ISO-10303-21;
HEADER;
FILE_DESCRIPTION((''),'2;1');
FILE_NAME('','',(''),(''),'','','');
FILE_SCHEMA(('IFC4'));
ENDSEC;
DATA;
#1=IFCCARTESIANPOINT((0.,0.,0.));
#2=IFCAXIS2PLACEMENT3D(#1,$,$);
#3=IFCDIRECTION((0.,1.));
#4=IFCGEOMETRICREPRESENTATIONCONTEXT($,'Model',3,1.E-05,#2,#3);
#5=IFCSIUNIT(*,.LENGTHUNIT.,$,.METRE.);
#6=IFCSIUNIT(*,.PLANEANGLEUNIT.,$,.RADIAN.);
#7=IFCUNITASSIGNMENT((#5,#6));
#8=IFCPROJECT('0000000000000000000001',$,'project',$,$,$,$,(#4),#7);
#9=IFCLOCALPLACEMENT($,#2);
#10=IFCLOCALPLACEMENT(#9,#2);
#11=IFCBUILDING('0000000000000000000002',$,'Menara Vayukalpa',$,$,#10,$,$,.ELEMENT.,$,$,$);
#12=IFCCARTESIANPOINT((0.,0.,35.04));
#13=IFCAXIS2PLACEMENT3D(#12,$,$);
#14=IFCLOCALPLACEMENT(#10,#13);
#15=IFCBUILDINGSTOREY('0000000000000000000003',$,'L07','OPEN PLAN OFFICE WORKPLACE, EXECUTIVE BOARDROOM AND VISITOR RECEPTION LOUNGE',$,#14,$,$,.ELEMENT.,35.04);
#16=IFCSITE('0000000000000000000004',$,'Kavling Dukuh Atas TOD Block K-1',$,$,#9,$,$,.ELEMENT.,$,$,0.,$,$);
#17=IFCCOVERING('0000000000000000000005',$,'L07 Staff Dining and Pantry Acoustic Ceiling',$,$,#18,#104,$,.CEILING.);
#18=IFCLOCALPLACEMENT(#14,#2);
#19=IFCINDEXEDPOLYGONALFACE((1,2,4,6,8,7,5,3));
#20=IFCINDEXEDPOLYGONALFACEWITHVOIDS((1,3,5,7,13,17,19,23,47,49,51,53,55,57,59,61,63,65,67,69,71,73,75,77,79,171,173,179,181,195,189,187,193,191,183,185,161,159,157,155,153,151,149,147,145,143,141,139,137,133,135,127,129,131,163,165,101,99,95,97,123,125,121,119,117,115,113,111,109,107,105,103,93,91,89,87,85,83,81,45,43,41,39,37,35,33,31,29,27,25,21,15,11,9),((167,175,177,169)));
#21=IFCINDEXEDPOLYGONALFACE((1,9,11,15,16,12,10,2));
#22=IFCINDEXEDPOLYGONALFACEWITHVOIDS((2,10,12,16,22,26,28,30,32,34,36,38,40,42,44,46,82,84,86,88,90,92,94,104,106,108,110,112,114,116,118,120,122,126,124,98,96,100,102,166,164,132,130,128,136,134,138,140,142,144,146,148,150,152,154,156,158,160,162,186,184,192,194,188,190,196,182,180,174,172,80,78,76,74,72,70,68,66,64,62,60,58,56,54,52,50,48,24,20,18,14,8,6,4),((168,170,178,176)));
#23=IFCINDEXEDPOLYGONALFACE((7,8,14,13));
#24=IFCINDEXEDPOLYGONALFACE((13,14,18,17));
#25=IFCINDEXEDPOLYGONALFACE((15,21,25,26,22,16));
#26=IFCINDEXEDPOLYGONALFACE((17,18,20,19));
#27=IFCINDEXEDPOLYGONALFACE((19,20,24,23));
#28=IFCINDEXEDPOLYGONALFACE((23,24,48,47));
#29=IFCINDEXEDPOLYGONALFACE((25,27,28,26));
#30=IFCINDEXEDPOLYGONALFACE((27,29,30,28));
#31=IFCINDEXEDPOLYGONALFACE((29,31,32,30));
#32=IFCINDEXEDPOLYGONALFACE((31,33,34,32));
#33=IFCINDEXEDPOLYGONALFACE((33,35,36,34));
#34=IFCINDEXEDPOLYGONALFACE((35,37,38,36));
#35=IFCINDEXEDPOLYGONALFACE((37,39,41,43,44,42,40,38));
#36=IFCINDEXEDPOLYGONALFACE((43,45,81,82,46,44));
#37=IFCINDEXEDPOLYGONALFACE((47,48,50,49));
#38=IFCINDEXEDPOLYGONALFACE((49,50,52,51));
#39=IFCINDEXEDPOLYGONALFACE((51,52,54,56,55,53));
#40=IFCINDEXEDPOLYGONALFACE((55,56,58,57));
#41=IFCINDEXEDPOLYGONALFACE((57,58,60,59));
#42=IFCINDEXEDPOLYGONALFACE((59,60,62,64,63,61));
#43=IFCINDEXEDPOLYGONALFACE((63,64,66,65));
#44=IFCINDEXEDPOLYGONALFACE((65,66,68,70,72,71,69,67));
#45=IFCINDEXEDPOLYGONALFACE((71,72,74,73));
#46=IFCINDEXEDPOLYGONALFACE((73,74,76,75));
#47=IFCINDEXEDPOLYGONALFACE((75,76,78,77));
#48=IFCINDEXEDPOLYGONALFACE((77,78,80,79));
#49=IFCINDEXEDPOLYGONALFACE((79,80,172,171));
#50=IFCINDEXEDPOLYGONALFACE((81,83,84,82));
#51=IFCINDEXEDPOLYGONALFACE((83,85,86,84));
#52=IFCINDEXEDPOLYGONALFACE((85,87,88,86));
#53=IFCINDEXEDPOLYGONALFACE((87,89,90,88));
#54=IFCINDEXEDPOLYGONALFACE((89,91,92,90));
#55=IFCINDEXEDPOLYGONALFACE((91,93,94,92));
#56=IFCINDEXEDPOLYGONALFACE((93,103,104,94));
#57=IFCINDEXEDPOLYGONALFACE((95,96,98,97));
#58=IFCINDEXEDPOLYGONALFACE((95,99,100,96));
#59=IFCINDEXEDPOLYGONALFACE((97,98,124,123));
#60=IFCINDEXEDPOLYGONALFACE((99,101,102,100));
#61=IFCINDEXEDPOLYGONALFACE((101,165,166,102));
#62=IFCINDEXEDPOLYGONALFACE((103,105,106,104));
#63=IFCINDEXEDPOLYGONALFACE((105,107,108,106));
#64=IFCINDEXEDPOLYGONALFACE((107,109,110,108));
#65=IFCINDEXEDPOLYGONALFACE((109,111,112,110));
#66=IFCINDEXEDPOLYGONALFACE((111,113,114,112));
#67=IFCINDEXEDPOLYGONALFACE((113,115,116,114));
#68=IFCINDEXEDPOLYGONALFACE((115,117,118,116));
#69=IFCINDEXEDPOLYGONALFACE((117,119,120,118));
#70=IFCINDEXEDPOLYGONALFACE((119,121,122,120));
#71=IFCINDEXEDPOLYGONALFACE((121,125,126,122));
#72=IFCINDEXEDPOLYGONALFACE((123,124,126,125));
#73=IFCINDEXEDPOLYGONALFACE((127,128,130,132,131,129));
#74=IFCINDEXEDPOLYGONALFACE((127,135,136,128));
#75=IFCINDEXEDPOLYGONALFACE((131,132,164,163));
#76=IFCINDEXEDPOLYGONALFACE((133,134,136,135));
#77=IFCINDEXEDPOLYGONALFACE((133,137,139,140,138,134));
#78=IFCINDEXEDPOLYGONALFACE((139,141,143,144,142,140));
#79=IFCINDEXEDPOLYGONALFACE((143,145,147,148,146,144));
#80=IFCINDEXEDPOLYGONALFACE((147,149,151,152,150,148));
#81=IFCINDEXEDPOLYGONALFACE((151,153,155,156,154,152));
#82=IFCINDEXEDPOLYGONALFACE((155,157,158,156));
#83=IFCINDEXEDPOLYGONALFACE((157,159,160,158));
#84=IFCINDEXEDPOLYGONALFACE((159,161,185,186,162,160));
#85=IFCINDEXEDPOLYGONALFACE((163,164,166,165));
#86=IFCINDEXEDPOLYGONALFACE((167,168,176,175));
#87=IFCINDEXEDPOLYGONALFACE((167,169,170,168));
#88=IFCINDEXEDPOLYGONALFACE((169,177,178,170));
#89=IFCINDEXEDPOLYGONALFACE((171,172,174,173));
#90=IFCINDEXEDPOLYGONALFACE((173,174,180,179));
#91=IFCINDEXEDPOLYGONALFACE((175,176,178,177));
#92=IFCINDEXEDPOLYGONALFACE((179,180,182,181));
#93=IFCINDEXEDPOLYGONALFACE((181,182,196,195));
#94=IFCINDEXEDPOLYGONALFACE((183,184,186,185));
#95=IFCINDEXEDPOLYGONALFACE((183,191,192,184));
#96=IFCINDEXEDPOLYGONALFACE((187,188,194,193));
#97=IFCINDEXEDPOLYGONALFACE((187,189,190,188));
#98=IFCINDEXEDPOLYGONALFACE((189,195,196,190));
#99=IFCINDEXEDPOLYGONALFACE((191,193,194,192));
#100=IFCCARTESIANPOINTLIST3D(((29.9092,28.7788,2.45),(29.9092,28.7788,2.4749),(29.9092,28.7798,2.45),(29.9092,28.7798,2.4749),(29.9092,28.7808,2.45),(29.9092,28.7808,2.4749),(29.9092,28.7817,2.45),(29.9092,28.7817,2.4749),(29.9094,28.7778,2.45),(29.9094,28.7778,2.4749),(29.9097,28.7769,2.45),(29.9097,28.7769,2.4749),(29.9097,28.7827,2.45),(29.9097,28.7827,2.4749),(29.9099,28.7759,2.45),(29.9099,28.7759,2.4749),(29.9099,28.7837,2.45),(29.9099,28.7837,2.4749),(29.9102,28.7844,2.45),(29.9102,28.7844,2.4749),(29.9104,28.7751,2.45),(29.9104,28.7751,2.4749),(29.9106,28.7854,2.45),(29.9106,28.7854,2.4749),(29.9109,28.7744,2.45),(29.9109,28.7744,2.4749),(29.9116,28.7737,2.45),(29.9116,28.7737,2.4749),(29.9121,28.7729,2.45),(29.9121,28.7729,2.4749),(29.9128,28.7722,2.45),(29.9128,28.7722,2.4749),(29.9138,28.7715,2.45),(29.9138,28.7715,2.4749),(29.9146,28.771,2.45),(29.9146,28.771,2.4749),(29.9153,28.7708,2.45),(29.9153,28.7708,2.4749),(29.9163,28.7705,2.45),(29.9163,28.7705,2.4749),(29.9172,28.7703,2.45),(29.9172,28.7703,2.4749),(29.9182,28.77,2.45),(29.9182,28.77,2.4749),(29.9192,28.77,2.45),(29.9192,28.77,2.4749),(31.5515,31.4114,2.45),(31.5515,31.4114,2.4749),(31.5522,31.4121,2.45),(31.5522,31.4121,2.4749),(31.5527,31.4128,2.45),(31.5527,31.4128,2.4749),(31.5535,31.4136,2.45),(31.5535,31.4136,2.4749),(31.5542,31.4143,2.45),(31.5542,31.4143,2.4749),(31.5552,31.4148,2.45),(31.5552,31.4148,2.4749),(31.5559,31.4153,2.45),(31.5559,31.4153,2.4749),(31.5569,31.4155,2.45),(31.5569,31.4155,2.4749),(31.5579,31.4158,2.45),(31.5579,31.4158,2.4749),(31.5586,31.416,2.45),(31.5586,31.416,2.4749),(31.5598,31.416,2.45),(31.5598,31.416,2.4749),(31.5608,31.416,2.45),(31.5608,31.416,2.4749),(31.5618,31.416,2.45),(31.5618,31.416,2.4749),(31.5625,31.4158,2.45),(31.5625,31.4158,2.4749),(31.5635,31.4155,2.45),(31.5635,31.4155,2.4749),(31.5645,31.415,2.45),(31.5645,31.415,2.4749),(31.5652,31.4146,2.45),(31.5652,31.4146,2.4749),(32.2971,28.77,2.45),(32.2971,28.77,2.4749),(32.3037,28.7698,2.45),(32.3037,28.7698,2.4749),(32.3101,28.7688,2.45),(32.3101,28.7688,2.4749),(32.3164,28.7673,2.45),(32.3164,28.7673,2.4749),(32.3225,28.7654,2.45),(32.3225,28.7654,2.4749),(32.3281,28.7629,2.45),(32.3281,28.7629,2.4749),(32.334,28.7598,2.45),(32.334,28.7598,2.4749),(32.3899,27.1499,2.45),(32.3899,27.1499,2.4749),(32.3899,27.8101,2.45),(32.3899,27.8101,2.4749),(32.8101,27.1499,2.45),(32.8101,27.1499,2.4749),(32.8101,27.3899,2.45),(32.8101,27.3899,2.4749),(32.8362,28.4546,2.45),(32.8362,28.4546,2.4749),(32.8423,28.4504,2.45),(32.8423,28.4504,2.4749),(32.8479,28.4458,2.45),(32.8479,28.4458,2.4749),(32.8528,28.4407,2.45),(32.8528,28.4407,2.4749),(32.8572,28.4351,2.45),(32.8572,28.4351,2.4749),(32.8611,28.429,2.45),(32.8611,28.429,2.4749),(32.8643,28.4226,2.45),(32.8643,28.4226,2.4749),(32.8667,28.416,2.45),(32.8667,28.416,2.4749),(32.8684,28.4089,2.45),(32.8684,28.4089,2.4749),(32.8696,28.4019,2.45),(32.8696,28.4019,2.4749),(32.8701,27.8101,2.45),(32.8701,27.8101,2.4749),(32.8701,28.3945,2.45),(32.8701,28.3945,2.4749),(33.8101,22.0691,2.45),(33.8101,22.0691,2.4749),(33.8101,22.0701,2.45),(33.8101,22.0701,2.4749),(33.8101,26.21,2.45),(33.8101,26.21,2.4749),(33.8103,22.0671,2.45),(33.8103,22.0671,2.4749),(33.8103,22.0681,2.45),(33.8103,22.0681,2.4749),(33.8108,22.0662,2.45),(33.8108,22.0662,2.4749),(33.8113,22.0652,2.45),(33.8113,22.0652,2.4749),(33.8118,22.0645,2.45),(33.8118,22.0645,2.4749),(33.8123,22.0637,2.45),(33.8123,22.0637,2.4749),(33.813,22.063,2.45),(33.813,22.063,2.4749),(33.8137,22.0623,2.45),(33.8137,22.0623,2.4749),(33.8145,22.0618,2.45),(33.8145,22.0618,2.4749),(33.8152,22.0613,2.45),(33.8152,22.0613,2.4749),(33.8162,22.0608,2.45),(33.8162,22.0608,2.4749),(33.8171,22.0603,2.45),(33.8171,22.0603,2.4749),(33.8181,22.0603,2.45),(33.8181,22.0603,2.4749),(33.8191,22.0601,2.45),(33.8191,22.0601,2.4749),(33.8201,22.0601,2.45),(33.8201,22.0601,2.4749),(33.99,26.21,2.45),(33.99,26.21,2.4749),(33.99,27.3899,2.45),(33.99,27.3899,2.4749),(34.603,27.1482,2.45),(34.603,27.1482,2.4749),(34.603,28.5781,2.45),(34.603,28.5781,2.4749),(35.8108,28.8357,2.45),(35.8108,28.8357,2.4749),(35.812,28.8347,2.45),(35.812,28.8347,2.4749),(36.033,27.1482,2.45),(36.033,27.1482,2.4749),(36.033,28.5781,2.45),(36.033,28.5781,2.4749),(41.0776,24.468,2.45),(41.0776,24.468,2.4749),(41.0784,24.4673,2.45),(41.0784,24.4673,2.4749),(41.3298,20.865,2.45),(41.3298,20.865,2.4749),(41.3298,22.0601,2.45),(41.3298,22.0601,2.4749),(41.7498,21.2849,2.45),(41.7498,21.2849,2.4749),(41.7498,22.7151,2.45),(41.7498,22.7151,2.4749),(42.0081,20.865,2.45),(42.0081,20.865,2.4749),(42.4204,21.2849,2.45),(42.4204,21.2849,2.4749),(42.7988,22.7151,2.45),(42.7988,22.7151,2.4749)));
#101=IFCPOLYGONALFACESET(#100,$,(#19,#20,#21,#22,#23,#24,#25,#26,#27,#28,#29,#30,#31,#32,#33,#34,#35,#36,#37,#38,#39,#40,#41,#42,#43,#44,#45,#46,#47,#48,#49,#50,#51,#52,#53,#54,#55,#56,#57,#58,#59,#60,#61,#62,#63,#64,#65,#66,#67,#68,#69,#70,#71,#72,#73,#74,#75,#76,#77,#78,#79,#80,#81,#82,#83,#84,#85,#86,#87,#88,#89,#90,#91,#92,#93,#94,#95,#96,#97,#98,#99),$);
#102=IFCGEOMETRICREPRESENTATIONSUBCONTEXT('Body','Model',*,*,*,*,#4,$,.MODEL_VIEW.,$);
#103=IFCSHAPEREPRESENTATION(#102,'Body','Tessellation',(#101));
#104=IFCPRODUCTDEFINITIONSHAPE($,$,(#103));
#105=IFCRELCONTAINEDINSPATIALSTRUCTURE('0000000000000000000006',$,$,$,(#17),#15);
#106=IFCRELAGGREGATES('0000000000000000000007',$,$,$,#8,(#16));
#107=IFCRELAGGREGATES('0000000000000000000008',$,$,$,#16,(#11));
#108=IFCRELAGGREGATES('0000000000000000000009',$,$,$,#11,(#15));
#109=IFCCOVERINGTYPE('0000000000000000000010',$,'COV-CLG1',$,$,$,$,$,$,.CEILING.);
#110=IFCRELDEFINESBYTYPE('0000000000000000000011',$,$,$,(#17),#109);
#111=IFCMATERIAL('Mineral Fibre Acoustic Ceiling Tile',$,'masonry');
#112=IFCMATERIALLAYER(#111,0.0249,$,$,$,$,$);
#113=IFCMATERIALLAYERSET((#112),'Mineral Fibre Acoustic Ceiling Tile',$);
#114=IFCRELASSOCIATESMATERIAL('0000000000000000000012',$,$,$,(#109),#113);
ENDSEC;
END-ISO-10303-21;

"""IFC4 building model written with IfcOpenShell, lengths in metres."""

from ifc_helpers import new_model, si_unit, direction, frame, origin, place, context, subcontext, project, spatial, polyline, outline, extrude, material, layer, layer_set, type_object, element, save


model = new_model("IFC4")

# Units and contexts
model_context = context("Model", 3, precision=1e-05, world=origin(), true_north=direction((0.0, 1.0)))
body_context = subcontext(model_context, "Body", "Model", "MODEL_VIEW")
ifc_project = project(units=[si_unit("LENGTHUNIT", "METRE"), si_unit("PLANEANGLEUNIT", "RADIAN")], contexts=[model_context])

# Site, building, storey
site_placement = place(None, origin())
site = spatial("IfcSite", under=ifc_project, at=site_placement, Name="Kavling Dukuh Atas TOD Block K-1", CompositionType="ELEMENT", RefElevation=0.0)
building_placement = place(site_placement, origin())
building = spatial("IfcBuilding", under=site, at=building_placement, Name="Menara Vayukalpa", CompositionType="ELEMENT")
storey_placement = place(building_placement, frame((0.0, 0.0, 35.04)))
storey = spatial("IfcBuildingStorey", under=building, at=storey_placement, Name="L07", Description="OPEN PLAN OFFICE WORKPLACE, EXECUTIVE BOARDROOM AND VISITOR RECEPTION LOUNGE", CompositionType="ELEMENT", Elevation=35.04)

# Covering
ifc_material_1 = material(Name="Mineral Fibre Acoustic Ceiling Tile", Category="masonry")
ifc_layer_1 = layer(ifc_material_1, 0.0249)
ifc_layer_set_1 = layer_set([ifc_layer_1], Name="Mineral Fibre Acoustic Ceiling Tile")
covering_type_1 = type_object("IfcCoveringType", Name="COV-CLG1", PredefinedType="CEILING", material=ifc_layer_set_1)
covering_1_placement = place(storey_placement, frame((0.0, 0.0, 2.45)))
element("IfcCovering", 1, at=covering_1_placement, inside=storey, type_object=covering_type_1, Name="L07 Staff Dining and Pantry Acoustic Ceiling", PredefinedType="CEILING", context=body_context, shape_type="SweptSolid", body=[
    extrude(outline(polyline([(33.8191, 22.0601), (33.8181, 22.0603), (33.8171, 22.0603), (33.8162, 22.0608), (33.8152, 22.0613), (33.8145, 22.0618), (33.8137, 22.0623), (33.813, 22.063), (33.8123, 22.0637), (33.8118, 22.0645), (33.8113, 22.0652), (33.8108, 22.0662), (33.8103, 22.0671), (33.8103, 22.0681), (33.8101, 22.0691), (33.8101, 22.0701), (33.8101, 26.21), (33.99, 26.21), (33.99, 27.3899), (32.8101, 27.3899), (32.8101, 27.1499), (32.3899, 27.1499), (32.3899, 27.8101), (32.8701, 27.8101), (32.8701, 28.3945), (32.8696, 28.4019), (32.8684, 28.4089), (32.8667, 28.416), (32.8643, 28.4226), (32.8611, 28.429), (32.8572, 28.4351), (32.8528, 28.4407), (32.8479, 28.4458), (32.8423, 28.4504), (32.8362, 28.4546), (32.334, 28.7598), (32.3281, 28.7629), (32.3225, 28.7654), (32.3164, 28.7673), (32.3101, 28.7688), (32.3037, 28.7698), (32.2971, 28.77), (29.9192, 28.77), (29.9182, 28.77), (29.9172, 28.7703), (29.9163, 28.7705), (29.9153, 28.7708), (29.9146, 28.771), (29.9138, 28.7715), (29.9128, 28.7722), (29.9121, 28.7729), (29.9116, 28.7737), (29.9109, 28.7744), (29.9104, 28.7751), (29.9099, 28.7759), (29.9097, 28.7769), (29.9094, 28.7778), (29.9092, 28.7788), (29.9092, 28.7798), (29.9092, 28.7808), (29.9092, 28.7817), (29.9097, 28.7827), (29.9099, 28.7837), (29.9102, 28.7844), (29.9106, 28.7854), (31.5515, 31.4114), (31.5522, 31.4121), (31.5527, 31.4128), (31.5535, 31.4136), (31.5542, 31.4143), (31.5552, 31.4148), (31.5559, 31.4153), (31.5569, 31.4155), (31.5579, 31.4158), (31.5586, 31.416), (31.5598, 31.416), (31.5608, 31.416), (31.5618, 31.416), (31.5625, 31.4158), (31.5635, 31.4155), (31.5645, 31.415), (31.5652, 31.4146), (35.8108, 28.8357), (35.812, 28.8347), (41.0776, 24.468), (41.0784, 24.4673), (42.7988, 22.7151), (41.7498, 22.7151), (41.7498, 21.2849), (42.4204, 21.2849), (42.0081, 20.865), (41.3298, 20.865), (41.3298, 22.0601), (33.8201, 22.0601), (33.8191, 22.0601)]), holes=[polyline([(36.033, 27.1482), (36.033, 28.5781), (34.603, 28.5781), (34.603, 27.1482), (36.033, 27.1482)])]), origin(), (0.0, 0.0, 1.0), 0.0249),
])

save(model, "model.ifc")
